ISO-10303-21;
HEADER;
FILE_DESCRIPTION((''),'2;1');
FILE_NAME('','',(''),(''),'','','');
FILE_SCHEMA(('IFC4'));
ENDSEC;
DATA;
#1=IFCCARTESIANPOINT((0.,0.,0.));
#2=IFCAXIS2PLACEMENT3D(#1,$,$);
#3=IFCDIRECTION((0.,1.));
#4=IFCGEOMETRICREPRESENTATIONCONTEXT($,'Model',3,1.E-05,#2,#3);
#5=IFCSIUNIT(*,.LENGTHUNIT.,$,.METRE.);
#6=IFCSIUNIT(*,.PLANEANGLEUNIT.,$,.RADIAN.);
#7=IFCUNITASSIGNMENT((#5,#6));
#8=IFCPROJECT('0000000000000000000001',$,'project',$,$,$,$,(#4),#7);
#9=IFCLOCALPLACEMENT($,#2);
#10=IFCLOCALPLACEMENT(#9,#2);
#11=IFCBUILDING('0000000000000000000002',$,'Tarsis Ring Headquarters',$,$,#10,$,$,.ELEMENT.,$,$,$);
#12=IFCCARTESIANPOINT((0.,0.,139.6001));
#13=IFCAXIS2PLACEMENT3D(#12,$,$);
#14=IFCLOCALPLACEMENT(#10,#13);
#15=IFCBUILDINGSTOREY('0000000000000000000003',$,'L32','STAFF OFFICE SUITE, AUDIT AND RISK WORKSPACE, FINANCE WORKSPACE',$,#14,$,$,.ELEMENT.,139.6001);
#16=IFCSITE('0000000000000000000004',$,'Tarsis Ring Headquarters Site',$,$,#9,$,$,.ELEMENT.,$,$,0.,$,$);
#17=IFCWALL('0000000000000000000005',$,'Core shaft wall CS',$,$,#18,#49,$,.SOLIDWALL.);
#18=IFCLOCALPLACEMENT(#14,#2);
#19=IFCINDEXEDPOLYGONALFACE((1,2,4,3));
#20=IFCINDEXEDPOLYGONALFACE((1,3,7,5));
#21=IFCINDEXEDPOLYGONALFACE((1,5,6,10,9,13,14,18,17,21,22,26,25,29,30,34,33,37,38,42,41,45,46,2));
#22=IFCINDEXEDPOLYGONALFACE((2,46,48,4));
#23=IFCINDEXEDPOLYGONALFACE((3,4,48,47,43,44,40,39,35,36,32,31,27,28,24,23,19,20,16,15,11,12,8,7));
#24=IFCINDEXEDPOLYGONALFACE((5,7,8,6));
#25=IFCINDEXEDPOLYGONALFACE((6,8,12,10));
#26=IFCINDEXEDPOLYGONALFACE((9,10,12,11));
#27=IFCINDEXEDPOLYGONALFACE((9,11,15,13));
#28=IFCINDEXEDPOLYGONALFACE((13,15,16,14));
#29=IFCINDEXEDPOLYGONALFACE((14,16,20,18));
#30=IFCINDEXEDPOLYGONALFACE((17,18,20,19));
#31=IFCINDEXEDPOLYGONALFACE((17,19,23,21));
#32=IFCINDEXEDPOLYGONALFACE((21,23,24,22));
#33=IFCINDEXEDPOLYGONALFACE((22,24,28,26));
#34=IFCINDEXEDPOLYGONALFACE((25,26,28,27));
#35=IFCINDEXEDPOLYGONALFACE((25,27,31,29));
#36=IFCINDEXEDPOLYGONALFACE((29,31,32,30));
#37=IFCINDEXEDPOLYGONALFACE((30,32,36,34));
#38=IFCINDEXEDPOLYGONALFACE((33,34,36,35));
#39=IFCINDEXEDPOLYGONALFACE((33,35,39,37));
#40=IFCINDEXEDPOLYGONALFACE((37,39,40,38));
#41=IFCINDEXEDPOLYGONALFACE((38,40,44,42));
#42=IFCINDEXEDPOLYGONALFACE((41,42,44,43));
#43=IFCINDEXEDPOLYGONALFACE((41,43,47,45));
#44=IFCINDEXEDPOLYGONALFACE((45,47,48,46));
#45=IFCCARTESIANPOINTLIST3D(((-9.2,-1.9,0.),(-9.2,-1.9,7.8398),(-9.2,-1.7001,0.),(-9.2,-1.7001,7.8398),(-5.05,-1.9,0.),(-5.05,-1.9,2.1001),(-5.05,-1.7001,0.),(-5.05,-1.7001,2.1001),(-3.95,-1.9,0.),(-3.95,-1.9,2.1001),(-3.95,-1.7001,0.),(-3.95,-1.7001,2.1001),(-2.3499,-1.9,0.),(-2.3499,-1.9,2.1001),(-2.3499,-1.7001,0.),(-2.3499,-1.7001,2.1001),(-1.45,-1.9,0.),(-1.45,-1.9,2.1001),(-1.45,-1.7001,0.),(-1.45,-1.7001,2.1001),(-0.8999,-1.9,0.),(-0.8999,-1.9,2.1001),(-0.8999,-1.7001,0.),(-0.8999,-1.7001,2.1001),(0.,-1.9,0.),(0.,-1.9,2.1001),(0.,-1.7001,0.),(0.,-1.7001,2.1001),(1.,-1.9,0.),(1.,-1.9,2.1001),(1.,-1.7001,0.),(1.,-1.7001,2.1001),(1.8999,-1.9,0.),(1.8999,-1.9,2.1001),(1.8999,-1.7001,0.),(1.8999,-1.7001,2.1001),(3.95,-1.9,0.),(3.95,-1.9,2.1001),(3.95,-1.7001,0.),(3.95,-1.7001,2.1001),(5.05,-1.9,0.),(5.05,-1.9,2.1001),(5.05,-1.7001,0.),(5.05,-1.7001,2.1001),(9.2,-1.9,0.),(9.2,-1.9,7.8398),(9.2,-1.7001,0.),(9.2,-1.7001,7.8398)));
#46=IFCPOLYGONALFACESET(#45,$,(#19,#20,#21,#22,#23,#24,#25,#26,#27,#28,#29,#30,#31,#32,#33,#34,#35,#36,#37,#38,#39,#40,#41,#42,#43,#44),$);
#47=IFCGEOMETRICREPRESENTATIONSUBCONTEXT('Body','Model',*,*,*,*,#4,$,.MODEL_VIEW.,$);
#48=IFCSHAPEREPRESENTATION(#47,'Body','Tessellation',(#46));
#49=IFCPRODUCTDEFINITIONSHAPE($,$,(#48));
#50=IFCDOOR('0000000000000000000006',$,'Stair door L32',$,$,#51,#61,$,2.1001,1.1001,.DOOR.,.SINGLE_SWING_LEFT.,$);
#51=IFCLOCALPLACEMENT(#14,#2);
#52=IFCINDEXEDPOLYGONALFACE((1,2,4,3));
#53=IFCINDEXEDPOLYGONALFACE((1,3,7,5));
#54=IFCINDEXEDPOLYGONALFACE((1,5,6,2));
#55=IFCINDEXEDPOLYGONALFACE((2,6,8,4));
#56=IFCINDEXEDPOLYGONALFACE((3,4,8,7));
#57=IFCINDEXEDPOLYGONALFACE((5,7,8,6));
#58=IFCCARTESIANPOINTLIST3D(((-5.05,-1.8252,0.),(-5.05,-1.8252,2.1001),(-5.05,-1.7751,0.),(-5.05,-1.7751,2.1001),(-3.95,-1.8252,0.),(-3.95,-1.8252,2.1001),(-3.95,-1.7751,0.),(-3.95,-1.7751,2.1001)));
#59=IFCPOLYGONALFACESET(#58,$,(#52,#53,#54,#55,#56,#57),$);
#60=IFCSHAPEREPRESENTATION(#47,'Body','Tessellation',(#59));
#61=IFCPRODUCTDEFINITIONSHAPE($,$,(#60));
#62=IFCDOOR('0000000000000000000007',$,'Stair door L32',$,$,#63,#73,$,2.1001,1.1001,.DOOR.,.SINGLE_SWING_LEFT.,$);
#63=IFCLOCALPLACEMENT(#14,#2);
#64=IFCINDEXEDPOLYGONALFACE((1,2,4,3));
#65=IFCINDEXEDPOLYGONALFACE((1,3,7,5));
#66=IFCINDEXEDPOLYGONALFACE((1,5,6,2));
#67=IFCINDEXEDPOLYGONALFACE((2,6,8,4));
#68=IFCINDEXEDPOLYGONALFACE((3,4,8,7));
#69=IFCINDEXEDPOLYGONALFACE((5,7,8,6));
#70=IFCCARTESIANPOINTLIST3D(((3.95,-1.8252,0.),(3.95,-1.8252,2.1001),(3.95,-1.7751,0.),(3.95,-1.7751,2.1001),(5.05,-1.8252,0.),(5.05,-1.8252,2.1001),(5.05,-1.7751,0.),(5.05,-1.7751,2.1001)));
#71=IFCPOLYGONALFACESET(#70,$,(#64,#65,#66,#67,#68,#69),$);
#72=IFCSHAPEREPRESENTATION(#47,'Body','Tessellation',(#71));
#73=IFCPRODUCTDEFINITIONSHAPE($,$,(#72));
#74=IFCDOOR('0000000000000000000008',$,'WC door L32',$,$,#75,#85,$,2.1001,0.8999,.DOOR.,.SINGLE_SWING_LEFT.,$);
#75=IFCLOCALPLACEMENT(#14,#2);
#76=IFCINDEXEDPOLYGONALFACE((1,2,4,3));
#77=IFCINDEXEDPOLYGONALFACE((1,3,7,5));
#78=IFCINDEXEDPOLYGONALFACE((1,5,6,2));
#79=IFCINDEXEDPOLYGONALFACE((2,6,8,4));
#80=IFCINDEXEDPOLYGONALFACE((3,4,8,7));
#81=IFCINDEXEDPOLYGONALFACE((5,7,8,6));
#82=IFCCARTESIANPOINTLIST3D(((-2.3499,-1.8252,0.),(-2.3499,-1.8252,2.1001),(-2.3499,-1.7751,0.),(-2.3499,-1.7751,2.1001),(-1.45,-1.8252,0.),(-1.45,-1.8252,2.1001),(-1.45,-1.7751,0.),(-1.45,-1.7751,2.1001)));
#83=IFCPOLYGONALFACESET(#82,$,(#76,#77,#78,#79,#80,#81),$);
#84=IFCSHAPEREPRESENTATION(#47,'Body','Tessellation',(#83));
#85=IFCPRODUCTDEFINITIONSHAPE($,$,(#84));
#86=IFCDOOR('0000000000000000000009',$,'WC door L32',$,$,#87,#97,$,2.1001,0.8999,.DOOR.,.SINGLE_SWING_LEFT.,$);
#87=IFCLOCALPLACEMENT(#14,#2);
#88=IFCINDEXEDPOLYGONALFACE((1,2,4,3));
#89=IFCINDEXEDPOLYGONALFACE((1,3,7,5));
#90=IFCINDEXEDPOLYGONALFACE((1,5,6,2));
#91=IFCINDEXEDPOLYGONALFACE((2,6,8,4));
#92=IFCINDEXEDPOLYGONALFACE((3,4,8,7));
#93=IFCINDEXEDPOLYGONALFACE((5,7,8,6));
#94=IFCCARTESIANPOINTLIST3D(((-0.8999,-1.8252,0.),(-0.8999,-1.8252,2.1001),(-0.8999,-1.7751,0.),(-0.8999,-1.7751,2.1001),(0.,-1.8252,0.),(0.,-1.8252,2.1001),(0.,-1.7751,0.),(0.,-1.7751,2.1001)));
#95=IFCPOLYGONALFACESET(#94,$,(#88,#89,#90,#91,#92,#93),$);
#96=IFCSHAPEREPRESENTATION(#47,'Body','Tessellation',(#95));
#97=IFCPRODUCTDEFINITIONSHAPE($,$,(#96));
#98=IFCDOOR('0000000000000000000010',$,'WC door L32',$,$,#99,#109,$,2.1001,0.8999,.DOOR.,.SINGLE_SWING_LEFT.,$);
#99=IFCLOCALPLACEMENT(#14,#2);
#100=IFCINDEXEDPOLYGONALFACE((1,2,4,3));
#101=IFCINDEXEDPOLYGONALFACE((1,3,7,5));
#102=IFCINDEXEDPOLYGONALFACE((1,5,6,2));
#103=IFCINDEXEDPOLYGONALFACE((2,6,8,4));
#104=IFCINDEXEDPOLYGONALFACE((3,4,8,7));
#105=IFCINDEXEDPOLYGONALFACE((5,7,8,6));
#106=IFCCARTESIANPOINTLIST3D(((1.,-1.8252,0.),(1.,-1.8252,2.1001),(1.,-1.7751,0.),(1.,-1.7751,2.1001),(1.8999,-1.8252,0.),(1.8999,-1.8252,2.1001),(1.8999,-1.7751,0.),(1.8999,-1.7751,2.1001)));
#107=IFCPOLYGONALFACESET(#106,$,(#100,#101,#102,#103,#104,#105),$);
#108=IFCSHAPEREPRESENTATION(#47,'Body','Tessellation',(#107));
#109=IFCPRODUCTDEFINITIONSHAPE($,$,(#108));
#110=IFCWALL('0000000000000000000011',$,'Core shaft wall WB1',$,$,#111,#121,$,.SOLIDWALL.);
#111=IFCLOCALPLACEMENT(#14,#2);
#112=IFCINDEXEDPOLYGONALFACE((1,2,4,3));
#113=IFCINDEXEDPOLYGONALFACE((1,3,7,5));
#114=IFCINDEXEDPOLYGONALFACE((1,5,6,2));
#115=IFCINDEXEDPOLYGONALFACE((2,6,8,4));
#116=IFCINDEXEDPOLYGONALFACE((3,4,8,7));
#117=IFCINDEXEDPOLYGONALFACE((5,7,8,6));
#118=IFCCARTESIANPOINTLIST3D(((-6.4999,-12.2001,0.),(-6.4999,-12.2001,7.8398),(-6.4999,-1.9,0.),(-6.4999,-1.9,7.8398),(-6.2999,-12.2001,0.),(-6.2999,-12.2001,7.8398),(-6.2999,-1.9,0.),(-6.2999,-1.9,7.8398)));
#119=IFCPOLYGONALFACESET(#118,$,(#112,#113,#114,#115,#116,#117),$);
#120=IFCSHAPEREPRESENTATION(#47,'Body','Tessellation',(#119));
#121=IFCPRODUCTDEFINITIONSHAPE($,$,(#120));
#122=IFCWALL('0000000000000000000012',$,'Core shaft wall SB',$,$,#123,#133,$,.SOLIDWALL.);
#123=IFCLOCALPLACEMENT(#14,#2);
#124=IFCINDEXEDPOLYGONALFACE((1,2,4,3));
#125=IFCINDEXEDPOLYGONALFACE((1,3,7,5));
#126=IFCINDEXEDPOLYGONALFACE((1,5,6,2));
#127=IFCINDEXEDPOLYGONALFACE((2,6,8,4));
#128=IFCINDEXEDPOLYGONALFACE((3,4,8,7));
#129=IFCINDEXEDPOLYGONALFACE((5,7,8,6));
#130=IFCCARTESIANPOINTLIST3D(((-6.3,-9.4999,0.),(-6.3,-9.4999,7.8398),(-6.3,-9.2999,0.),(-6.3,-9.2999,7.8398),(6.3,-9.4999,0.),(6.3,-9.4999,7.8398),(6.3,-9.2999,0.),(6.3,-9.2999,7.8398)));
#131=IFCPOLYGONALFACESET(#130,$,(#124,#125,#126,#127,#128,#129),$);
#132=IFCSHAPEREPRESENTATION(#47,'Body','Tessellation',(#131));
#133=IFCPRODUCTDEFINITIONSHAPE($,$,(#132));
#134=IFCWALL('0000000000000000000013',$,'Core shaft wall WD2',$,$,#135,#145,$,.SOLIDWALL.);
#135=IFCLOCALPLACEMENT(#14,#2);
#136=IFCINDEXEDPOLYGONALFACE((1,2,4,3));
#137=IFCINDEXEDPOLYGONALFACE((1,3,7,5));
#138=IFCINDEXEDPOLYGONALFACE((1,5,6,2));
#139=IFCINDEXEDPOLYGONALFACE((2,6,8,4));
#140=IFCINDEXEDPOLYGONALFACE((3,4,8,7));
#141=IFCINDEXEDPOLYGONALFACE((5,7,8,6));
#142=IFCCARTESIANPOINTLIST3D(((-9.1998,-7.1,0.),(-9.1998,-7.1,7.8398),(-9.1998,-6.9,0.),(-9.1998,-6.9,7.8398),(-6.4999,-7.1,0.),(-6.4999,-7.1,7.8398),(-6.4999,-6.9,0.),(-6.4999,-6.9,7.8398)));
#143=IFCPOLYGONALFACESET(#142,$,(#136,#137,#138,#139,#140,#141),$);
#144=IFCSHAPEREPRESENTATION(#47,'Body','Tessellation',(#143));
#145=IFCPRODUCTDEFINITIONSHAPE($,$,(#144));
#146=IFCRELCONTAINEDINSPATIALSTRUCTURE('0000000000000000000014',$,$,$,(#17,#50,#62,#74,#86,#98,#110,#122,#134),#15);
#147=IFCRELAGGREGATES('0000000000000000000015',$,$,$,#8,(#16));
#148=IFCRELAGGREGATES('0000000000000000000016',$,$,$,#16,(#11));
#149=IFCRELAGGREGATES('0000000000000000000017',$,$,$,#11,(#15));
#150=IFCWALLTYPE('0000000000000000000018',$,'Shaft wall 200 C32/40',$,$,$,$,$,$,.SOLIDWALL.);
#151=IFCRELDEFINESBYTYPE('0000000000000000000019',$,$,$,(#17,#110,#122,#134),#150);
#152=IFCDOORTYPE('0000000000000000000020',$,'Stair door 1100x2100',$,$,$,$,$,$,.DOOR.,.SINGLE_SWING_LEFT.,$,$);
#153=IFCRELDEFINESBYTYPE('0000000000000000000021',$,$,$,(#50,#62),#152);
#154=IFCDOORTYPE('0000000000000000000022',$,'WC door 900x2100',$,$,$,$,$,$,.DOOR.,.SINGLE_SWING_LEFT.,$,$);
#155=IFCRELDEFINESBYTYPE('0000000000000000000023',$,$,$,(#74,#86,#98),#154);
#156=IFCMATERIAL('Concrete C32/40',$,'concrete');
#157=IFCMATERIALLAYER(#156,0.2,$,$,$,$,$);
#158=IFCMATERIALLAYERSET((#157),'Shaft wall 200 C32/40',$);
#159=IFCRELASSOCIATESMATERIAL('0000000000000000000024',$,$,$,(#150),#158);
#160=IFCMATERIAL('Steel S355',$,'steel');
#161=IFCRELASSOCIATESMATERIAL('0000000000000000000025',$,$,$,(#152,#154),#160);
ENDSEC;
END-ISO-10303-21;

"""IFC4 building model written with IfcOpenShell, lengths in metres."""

from ifc_helpers import new_model, si_unit, direction, frame, frame_2d, origin, place, context, subcontext, project, spatial, rectangle, extrude, material, layer, layer_set, type_object, element, fill, save


model = new_model("IFC4")

# Units and contexts
model_context = context("Model", 3, precision=1e-05, world=origin(), true_north=direction((0.0, 1.0)))
body_context = subcontext(model_context, "Body", "Model", "MODEL_VIEW")
ifc_project = project(units=[si_unit("LENGTHUNIT", "METRE"), si_unit("PLANEANGLEUNIT", "RADIAN")], contexts=[model_context])

# Site, building, storey
site_placement = place(None, origin())
site = spatial("IfcSite", under=ifc_project, at=site_placement, Name="Tarsis Ring Headquarters Site", CompositionType="ELEMENT", RefElevation=0.0)
building_placement = place(site_placement, origin())
building = spatial("IfcBuilding", under=site, at=building_placement, Name="Tarsis Ring Headquarters", CompositionType="ELEMENT")
storey_placement = place(building_placement, frame((0.0, 0.0, 139.6001)))
storey = spatial("IfcBuildingStorey", under=building, at=storey_placement, Name="L32", Description="STAFF OFFICE SUITE, AUDIT AND RISK WORKSPACE, FINANCE WORKSPACE", CompositionType="ELEMENT", Elevation=139.6001)

# Wall, openings, doors
ifc_material_1 = material(Name="Concrete C32/40", Category="concrete")
ifc_layer = layer(ifc_material_1, 0.2)
ifc_layer_set = layer_set([ifc_layer], Name="Shaft wall 200 C32/40")
wall_type = type_object("IfcWallType", Name="Shaft wall 200 C32/40", PredefinedType="SOLIDWALL", material=ifc_layer_set)
wall_1_placement = place(storey_placement, frame((-9.2, -1.8, 0.0), z_axis=(0.0, 0.0, 1.0), x_axis=(1.0, 0.0, 0.0)))
wall_1 = element("IfcWall", 1, at=wall_1_placement, inside=storey, type_object=wall_type, Name="Core shaft wall CS", PredefinedType="SOLIDWALL", context=body_context, shape_type="SweptSolid", body=[
    extrude(rectangle(XDim=18.3999, YDim=0.2, at=frame_2d((9.2, 0.0))), origin(), (0.0, 0.0, 1.0), 7.8398),
])
opening_1_placement = place(wall_1_placement, frame((4.1499, 0.0, 0.0)))
opening_1 = element("IfcOpeningElement", 2, at=opening_1_placement, cuts=wall_1, PredefinedType="OPENING", context=body_context, shape_type="SweptSolid", body=[
    extrude(rectangle(XDim=1.1001, YDim=2.1001, at=frame_2d((0.55, 1.05))), frame((0.0, 0.1099, 0.0), z_axis=(0.0, -1.0, 0.0), x_axis=(1.0, 0.0, 0.0)), (0.0, 0.0, 1.0), 0.22),
])
opening_2_placement = place(wall_1_placement, frame((6.8501, 0.0, 0.0)))
opening_2 = element("IfcOpeningElement", 3, at=opening_2_placement, cuts=wall_1, PredefinedType="OPENING", context=body_context, shape_type="SweptSolid", body=[
    extrude(rectangle(XDim=0.8999, YDim=2.1001, at=frame_2d((0.45, 1.05))), frame((0.0, 0.1099, 0.0), z_axis=(0.0, -1.0, 0.0), x_axis=(1.0, 0.0, 0.0)), (0.0, 0.0, 1.0), 0.22),
])
opening_3_placement = place(wall_1_placement, frame((8.3, 0.0, 0.0)))
opening_3 = element("IfcOpeningElement", 4, at=opening_3_placement, cuts=wall_1, PredefinedType="OPENING", context=body_context, shape_type="SweptSolid", body=[
    extrude(rectangle(XDim=0.8999, YDim=2.1001, at=frame_2d((0.45, 1.05))), frame((0.0, 0.1099, 0.0), z_axis=(0.0, -1.0, 0.0), x_axis=(1.0, 0.0, 0.0)), (0.0, 0.0, 1.0), 0.22),
])
opening_4_placement = place(wall_1_placement, frame((10.2, 0.0, 0.0)))
opening_4 = element("IfcOpeningElement", 5, at=opening_4_placement, cuts=wall_1, PredefinedType="OPENING", context=body_context, shape_type="SweptSolid", body=[
    extrude(rectangle(XDim=0.8999, YDim=2.1001, at=frame_2d((0.45, 1.05))), frame((0.0, 0.1099, 0.0), z_axis=(0.0, -1.0, 0.0), x_axis=(1.0, 0.0, 0.0)), (0.0, 0.0, 1.0), 0.22),
])
opening_5_placement = place(wall_1_placement, frame((13.1499, 0.0, 0.0)))
opening_5 = element("IfcOpeningElement", 6, at=opening_5_placement, cuts=wall_1, PredefinedType="OPENING", context=body_context, shape_type="SweptSolid", body=[
    extrude(rectangle(XDim=1.1001, YDim=2.1001, at=frame_2d((0.55, 1.05))), frame((0.0, 0.1099, 0.0), z_axis=(0.0, -1.0, 0.0), x_axis=(1.0, 0.0, 0.0)), (0.0, 0.0, 1.0), 0.22),
])
ifc_material_2 = material(Name="Steel S355", Category="steel")
door_type_1 = type_object("IfcDoorType", Name="Stair door 1100x2100", OperationType="SINGLE_SWING_LEFT", PredefinedType="DOOR", material=ifc_material_2)
door_1_placement = place(opening_1_placement, origin())
door_1 = element("IfcDoor", 7, at=door_1_placement, inside=storey, type_object=door_type_1, Name="Stair door L32", OperationType="SINGLE_SWING_LEFT", OverallHeight=2.1001, OverallWidth=1.1001, PredefinedType="DOOR", context=body_context, shape_type="SweptSolid", body=[
    extrude(rectangle(XDim=1.1001, YDim=2.1001, at=frame_2d((0.55, 1.05))), frame((0.0, 0.0249, 0.0), z_axis=(0.0, -1.0, 0.0), x_axis=(1.0, 0.0, 0.0)), (0.0, 0.0, 1.0), 0.05),
])
fill(opening_1, door_1)
door_2_placement = place(opening_5_placement, origin())
door_2 = element("IfcDoor", 8, at=door_2_placement, inside=storey, type_object=door_type_1, Name="Stair door L32", OperationType="SINGLE_SWING_LEFT", OverallHeight=2.1001, OverallWidth=1.1001, PredefinedType="DOOR", context=body_context, shape_type="SweptSolid", body=[
    extrude(rectangle(XDim=1.1001, YDim=2.1001, at=frame_2d((0.55, 1.05))), frame((0.0, 0.0249, 0.0), z_axis=(0.0, -1.0, 0.0), x_axis=(1.0, 0.0, 0.0)), (0.0, 0.0, 1.0), 0.05),
])
fill(opening_5, door_2)
door_type_2 = type_object("IfcDoorType", Name="WC door 900x2100", OperationType="SINGLE_SWING_LEFT", PredefinedType="DOOR", material=ifc_material_2)
door_3_placement = place(opening_2_placement, origin())
door_3 = element("IfcDoor", 9, at=door_3_placement, inside=storey, type_object=door_type_2, Name="WC door L32", OperationType="SINGLE_SWING_LEFT", OverallHeight=2.1001, OverallWidth=0.8999, PredefinedType="DOOR", context=body_context, shape_type="SweptSolid", body=[
    extrude(rectangle(XDim=0.8999, YDim=2.1001, at=frame_2d((0.45, 1.05))), frame((0.0, 0.0249, 0.0), z_axis=(0.0, -1.0, 0.0), x_axis=(1.0, 0.0, 0.0)), (0.0, 0.0, 1.0), 0.05),
])
fill(opening_2, door_3)
door_4_placement = place(opening_3_placement, origin())
door_4 = element("IfcDoor", 10, at=door_4_placement, inside=storey, type_object=door_type_2, Name="WC door L32", OperationType="SINGLE_SWING_LEFT", OverallHeight=2.1001, OverallWidth=0.8999, PredefinedType="DOOR", context=body_context, shape_type="SweptSolid", body=[
    extrude(rectangle(XDim=0.8999, YDim=2.1001, at=frame_2d((0.45, 1.05))), frame((0.0, 0.0249, 0.0), z_axis=(0.0, -1.0, 0.0), x_axis=(1.0, 0.0, 0.0)), (0.0, 0.0, 1.0), 0.05),
])
fill(opening_3, door_4)
door_5_placement = place(opening_4_placement, origin())
door_5 = element("IfcDoor", 11, at=door_5_placement, inside=storey, type_object=door_type_2, Name="WC door L32", OperationType="SINGLE_SWING_LEFT", OverallHeight=2.1001, OverallWidth=0.8999, PredefinedType="DOOR", context=body_context, shape_type="SweptSolid", body=[
    extrude(rectangle(XDim=0.8999, YDim=2.1001, at=frame_2d((0.45, 1.05))), frame((0.0, 0.0249, 0.0), z_axis=(0.0, -1.0, 0.0), x_axis=(1.0, 0.0, 0.0)), (0.0, 0.0, 1.0), 0.05),
])
fill(opening_4, door_5)

# Walls
wall_2_placement = place(storey_placement, frame((-6.3999, -12.2, 0.0), z_axis=(0.0, 0.0, 1.0), x_axis=(0.0, 1.0, 0.0)))
element("IfcWall", 12, at=wall_2_placement, inside=storey, type_object=wall_type, Name="Core shaft wall WB1", PredefinedType="SOLIDWALL", context=body_context, shape_type="SweptSolid", body=[
    extrude(rectangle(XDim=10.3, YDim=0.2, at=frame_2d((5.1499, 0.0))), origin(), (0.0, 0.0, 1.0), 7.8398),
])
wall_3_placement = place(storey_placement, frame((-6.3, -9.3999, 0.0), z_axis=(0.0, 0.0, 1.0), x_axis=(1.0, 0.0, 0.0)))
element("IfcWall", 13, at=wall_3_placement, inside=storey, type_object=wall_type, Name="Core shaft wall SB", PredefinedType="SOLIDWALL", context=body_context, shape_type="SweptSolid", body=[
    extrude(rectangle(XDim=12.6001, YDim=0.2, at=frame_2d((6.3, 0.0))), origin(), (0.0, 0.0, 1.0), 7.8398),
])
wall_4_placement = place(storey_placement, frame((-9.2, -7.0, 0.0), z_axis=(0.0, 0.0, 1.0), x_axis=(1.0, 0.0, 0.0)))
element("IfcWall", 14, at=wall_4_placement, inside=storey, type_object=wall_type, Name="Core shaft wall WD2", PredefinedType="SOLIDWALL", context=body_context, shape_type="SweptSolid", body=[
    extrude(rectangle(XDim=2.7, YDim=0.2, at=frame_2d((1.3501, 0.0))), origin(), (0.0, 0.0, 1.0), 7.8398),
])

save(model, "model.ifc")
